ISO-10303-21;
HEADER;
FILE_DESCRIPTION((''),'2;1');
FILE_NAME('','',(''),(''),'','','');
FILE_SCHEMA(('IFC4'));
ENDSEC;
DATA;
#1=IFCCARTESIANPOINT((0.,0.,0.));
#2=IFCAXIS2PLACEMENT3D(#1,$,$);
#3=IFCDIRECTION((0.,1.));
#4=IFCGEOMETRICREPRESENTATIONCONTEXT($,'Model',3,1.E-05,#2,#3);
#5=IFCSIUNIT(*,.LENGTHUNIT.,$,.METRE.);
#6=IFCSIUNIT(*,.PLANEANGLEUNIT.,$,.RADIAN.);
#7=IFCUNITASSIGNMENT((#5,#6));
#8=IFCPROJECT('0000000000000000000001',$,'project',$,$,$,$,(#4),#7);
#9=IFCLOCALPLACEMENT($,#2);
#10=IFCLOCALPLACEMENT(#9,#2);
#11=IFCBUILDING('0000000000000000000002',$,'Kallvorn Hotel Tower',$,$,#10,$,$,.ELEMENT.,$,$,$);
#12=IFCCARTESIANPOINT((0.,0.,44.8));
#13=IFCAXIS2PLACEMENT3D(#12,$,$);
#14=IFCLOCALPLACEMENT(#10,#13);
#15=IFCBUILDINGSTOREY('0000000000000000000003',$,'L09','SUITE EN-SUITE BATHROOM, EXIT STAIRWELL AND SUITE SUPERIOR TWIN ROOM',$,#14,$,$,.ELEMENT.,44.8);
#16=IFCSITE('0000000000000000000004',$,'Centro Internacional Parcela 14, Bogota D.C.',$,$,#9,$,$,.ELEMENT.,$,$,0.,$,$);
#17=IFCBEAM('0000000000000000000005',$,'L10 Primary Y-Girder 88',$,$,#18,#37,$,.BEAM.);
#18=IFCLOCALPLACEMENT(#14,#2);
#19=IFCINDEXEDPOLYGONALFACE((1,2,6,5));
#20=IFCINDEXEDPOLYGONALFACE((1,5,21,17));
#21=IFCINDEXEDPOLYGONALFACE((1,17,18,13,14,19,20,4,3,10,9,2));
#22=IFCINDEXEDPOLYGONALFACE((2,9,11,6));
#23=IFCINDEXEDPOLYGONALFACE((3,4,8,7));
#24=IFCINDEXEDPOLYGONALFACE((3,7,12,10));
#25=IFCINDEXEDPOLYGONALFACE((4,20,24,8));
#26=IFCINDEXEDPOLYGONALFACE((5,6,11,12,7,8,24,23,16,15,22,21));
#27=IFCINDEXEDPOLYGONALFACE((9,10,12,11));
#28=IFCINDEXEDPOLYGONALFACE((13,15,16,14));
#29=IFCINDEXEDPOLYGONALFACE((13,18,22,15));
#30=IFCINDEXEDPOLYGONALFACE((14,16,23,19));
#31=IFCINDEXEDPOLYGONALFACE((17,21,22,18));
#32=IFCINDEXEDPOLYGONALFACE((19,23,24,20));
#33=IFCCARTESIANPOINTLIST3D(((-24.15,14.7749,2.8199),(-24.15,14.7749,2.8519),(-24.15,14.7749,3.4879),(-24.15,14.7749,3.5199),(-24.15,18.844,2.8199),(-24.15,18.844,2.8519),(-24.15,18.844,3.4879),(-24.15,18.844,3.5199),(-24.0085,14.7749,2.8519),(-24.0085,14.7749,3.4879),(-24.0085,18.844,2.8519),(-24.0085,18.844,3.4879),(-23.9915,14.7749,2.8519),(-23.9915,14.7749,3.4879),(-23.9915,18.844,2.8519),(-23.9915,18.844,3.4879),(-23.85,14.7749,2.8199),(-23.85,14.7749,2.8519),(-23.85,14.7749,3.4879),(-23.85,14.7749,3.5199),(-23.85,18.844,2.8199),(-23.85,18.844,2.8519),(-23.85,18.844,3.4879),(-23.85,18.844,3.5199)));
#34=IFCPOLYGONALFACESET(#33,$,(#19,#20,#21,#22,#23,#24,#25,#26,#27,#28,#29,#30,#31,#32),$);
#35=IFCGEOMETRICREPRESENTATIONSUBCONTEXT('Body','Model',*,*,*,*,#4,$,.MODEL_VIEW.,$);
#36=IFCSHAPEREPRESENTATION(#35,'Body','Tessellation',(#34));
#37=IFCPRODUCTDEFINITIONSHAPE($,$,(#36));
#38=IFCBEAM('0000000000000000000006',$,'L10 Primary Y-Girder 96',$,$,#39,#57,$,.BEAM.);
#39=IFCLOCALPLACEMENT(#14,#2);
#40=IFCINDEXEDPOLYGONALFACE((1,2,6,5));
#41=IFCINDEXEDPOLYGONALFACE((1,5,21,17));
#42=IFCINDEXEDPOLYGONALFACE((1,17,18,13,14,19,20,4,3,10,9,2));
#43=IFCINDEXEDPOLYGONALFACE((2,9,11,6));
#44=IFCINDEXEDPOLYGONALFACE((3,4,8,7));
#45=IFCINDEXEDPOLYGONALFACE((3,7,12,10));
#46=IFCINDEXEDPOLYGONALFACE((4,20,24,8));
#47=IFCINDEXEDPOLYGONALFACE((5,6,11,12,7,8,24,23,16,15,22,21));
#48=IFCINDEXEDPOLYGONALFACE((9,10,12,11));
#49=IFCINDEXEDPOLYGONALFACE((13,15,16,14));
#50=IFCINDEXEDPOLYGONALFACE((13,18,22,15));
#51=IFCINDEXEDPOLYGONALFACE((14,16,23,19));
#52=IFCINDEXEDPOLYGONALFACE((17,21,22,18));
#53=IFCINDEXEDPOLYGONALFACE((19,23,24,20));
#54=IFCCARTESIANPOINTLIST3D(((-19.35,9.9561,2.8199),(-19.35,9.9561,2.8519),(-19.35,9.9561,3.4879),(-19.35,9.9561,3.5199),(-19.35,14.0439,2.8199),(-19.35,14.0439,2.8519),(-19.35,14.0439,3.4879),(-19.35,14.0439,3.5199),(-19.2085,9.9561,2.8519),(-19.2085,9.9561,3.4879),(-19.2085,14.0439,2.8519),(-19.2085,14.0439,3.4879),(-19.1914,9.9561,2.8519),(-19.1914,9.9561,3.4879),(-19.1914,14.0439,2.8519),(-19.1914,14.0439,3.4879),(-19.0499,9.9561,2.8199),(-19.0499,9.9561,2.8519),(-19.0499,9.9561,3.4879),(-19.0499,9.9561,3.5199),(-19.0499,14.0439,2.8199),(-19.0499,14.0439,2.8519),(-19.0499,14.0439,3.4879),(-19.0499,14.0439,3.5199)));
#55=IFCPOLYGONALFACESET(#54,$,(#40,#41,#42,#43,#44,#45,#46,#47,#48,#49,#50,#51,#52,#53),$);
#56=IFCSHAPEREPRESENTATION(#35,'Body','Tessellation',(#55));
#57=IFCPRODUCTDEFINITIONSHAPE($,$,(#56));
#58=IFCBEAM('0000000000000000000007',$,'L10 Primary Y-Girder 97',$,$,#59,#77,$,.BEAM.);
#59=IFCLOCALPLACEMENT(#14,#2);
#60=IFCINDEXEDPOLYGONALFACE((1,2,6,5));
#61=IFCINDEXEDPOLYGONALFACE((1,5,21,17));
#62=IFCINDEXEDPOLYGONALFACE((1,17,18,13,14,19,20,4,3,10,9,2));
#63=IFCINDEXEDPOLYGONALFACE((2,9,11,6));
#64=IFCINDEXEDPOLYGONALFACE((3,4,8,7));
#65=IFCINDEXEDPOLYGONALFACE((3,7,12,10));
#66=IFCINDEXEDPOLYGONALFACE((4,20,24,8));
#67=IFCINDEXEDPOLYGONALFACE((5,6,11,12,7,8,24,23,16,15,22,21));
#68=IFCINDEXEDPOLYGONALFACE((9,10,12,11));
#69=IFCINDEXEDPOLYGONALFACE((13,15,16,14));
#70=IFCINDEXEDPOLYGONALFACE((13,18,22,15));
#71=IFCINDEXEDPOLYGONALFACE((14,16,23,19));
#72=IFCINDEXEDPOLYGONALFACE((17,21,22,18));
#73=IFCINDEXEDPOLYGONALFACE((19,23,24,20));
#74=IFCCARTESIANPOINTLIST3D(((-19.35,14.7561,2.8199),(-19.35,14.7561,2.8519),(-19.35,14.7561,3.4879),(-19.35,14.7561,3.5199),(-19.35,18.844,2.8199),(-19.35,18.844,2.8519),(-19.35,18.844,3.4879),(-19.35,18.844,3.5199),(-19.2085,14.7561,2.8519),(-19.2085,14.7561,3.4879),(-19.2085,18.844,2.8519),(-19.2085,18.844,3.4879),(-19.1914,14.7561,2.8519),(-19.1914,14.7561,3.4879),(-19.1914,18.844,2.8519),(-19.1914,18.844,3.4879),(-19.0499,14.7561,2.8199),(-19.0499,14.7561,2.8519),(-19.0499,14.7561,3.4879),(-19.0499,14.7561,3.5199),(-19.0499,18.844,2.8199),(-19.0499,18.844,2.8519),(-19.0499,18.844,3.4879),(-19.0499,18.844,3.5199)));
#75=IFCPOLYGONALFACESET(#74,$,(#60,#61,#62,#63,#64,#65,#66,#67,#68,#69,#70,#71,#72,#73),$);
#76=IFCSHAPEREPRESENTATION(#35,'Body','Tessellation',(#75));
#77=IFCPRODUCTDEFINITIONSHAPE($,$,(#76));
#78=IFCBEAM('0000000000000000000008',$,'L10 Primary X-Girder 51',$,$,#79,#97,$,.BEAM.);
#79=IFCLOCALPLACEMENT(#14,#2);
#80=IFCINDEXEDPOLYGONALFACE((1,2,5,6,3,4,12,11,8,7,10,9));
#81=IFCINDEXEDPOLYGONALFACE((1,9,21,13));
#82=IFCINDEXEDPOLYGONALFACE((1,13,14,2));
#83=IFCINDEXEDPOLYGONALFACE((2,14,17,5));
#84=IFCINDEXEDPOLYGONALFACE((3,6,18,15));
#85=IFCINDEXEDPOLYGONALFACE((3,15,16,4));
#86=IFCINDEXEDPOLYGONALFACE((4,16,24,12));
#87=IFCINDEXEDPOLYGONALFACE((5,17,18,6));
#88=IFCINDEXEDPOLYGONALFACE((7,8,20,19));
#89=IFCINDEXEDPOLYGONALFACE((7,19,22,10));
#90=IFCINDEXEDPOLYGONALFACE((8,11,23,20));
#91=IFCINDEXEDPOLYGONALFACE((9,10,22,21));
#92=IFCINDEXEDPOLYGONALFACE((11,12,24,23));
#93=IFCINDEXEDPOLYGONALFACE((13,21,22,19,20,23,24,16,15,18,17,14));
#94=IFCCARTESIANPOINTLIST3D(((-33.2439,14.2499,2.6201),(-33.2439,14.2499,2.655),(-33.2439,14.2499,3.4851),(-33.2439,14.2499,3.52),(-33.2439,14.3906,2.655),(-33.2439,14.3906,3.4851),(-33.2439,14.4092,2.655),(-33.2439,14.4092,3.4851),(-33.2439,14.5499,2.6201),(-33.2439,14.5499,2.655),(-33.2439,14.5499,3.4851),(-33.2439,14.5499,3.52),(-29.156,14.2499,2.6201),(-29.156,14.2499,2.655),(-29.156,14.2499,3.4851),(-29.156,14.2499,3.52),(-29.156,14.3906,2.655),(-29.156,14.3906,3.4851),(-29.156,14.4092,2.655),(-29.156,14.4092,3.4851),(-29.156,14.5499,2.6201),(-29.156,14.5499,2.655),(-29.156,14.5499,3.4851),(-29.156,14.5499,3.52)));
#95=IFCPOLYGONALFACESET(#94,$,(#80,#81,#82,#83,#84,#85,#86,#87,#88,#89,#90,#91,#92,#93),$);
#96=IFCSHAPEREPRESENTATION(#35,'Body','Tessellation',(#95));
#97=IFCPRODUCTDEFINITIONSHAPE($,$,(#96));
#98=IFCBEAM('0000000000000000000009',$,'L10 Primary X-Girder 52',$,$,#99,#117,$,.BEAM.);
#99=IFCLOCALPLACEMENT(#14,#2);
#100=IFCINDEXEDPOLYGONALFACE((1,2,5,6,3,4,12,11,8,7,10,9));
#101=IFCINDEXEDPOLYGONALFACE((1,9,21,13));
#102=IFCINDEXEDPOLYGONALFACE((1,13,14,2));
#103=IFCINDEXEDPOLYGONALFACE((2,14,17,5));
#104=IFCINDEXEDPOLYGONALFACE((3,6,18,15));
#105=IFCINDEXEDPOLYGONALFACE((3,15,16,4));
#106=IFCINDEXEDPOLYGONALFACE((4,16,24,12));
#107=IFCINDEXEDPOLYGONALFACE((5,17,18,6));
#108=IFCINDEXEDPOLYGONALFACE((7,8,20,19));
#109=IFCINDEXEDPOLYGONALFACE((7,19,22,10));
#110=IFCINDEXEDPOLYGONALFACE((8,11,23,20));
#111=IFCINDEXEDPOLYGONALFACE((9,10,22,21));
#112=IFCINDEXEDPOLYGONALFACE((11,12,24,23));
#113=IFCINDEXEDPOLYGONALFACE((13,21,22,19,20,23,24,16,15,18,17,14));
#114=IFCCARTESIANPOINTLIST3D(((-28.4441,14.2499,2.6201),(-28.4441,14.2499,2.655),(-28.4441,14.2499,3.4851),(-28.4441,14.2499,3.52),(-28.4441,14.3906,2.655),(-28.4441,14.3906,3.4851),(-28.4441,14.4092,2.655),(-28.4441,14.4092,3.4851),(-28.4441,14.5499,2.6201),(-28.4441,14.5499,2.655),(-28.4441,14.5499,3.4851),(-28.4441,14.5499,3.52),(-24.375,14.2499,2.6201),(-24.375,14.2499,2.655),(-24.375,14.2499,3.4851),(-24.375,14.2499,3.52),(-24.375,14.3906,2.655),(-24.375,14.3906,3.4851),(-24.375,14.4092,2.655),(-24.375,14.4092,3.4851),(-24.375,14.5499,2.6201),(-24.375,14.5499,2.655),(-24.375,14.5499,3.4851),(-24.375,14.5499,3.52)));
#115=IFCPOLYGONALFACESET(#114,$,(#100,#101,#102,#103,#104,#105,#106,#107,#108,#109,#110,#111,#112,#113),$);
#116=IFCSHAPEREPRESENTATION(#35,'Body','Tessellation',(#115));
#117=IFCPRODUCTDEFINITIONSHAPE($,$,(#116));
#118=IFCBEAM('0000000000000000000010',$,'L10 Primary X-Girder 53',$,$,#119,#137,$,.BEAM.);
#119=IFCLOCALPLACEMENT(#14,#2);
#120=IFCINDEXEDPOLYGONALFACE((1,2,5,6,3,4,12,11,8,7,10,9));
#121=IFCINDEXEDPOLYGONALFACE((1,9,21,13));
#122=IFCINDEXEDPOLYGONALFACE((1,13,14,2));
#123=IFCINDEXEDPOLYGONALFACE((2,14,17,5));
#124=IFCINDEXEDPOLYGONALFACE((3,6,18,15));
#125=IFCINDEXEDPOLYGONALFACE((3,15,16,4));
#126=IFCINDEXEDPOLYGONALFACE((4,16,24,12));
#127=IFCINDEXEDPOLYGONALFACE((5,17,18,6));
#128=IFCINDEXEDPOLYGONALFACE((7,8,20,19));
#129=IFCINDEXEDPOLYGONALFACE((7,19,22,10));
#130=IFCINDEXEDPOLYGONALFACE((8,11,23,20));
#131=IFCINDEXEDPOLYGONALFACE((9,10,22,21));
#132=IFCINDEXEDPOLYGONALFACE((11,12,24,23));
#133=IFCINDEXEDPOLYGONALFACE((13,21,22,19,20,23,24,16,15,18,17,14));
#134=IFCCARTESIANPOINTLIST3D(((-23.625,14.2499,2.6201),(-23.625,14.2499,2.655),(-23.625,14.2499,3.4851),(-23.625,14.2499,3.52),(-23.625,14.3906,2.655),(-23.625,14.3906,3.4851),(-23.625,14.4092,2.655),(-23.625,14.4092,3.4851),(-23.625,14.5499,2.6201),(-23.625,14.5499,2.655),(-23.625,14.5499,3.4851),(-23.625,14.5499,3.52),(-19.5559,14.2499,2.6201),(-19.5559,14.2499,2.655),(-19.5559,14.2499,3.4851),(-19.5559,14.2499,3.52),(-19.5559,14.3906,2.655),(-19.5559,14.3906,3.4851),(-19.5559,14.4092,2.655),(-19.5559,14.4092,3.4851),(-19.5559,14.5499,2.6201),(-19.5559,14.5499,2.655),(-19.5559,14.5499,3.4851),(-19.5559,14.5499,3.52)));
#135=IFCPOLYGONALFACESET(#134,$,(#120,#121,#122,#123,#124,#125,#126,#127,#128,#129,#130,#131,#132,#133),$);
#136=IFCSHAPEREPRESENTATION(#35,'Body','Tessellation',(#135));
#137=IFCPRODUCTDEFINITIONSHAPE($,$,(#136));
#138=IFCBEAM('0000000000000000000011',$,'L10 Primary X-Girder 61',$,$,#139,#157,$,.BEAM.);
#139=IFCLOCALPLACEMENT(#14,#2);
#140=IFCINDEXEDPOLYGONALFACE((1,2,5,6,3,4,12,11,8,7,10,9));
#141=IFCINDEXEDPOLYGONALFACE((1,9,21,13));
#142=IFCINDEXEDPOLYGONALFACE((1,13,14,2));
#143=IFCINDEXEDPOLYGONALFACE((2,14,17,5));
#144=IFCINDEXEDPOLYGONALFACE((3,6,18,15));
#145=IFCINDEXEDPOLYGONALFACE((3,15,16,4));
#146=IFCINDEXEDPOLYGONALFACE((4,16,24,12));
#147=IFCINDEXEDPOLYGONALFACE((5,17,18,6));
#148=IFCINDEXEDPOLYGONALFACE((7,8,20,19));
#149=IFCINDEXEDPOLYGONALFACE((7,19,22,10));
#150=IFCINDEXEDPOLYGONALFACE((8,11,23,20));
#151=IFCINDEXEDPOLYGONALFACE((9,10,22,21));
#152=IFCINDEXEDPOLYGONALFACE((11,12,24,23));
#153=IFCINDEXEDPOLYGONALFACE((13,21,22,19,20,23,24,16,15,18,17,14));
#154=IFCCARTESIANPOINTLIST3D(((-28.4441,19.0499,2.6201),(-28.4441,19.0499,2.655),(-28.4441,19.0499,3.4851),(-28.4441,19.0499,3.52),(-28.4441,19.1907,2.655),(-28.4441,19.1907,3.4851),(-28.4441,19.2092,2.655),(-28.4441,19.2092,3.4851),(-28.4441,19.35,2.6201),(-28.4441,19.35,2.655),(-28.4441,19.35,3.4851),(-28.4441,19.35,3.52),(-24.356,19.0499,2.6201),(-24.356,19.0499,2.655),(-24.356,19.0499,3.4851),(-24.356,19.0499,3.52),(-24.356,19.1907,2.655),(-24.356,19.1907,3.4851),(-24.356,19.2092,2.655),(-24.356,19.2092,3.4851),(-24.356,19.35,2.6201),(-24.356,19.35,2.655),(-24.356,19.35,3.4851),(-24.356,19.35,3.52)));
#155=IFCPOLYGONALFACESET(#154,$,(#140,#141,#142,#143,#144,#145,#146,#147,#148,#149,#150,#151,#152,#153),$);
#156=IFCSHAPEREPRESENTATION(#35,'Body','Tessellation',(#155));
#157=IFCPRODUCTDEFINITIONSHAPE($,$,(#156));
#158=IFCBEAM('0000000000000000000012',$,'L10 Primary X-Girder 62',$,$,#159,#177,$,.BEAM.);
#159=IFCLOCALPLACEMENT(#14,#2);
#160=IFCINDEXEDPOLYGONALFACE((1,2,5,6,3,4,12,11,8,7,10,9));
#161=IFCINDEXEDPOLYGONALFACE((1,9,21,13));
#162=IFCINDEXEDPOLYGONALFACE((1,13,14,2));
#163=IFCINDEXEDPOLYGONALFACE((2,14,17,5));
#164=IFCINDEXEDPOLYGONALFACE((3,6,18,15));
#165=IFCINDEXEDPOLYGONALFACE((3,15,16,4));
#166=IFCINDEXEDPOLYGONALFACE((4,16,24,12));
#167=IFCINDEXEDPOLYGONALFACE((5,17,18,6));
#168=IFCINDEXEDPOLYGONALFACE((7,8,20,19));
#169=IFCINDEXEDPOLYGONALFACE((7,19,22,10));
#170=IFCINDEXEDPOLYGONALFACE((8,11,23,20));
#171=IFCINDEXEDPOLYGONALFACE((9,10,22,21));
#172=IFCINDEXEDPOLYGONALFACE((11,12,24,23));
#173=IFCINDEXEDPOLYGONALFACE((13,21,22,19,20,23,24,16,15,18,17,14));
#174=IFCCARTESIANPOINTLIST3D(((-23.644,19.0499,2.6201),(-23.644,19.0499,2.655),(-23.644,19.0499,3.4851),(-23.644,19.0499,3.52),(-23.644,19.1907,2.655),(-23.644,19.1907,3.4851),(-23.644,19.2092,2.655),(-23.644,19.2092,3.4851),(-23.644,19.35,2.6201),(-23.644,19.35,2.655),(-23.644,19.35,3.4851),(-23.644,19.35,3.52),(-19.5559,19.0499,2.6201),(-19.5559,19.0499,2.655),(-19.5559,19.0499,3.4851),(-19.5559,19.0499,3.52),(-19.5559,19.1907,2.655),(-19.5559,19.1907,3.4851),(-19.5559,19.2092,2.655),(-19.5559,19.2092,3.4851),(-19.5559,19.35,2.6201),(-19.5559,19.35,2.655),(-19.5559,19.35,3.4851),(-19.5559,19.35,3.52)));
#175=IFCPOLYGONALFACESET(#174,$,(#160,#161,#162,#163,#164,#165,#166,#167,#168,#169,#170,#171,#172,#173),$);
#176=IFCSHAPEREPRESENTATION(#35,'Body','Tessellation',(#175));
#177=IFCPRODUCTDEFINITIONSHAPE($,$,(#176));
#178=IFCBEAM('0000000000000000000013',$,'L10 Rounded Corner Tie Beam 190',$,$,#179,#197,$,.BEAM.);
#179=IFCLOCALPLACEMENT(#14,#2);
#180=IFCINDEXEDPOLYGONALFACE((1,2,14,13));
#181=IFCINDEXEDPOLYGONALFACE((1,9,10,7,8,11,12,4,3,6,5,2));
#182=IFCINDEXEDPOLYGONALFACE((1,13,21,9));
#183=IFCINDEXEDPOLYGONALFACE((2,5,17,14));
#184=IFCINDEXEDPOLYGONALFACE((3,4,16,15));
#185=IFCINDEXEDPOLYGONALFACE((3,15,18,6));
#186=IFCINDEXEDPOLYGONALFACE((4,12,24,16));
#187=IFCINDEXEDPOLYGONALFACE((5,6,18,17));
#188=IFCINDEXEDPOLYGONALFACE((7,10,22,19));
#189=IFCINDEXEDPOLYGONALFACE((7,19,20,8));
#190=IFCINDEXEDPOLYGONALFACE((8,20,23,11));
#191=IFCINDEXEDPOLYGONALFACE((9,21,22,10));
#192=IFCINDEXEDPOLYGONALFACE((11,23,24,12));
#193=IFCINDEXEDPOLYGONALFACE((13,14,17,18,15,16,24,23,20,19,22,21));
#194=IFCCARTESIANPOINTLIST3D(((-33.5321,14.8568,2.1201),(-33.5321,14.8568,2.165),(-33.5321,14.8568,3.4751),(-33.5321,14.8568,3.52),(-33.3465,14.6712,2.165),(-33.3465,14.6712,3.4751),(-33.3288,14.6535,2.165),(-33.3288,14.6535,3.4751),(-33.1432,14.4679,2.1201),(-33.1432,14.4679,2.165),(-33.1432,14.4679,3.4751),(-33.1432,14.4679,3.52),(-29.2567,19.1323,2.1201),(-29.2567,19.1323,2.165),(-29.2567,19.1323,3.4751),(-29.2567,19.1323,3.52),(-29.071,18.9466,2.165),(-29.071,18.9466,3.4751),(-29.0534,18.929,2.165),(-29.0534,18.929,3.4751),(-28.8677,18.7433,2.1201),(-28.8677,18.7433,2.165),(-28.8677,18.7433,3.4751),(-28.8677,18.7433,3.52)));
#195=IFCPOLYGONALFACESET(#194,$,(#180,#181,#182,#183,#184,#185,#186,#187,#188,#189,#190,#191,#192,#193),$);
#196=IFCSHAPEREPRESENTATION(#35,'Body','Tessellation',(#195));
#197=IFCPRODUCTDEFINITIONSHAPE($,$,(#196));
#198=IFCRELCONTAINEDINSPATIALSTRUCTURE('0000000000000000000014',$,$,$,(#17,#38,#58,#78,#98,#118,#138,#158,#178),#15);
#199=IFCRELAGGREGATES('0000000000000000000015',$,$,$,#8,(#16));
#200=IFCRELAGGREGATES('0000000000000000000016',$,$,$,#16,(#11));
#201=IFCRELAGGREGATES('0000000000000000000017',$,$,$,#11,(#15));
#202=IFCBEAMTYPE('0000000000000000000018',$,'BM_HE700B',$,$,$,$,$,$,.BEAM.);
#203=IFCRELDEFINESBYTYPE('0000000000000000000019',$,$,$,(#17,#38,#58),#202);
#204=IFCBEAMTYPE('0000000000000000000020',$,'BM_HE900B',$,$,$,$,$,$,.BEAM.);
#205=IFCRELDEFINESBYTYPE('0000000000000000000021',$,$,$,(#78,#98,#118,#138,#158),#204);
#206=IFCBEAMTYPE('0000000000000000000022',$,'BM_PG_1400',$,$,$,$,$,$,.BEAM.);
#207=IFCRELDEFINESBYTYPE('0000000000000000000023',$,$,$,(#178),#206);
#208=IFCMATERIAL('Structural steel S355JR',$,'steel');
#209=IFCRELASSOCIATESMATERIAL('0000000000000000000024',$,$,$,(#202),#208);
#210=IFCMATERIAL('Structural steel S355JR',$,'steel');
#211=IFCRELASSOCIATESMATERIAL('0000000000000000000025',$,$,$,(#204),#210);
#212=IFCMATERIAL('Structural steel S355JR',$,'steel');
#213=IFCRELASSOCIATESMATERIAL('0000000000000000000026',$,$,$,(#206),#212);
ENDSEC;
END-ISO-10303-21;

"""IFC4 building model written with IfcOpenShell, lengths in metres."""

from ifc_helpers import new_model, si_unit, direction, frame, origin, origin_2d, place, context, subcontext, project, spatial, i_section, extrude, material, material_profile, profile_set, type_object, element, save


model = new_model("IFC4")

# Units and contexts
model_context = context("Model", 3, precision=1e-05, world=origin(), true_north=direction((0.0, 1.0)))
body_context = subcontext(model_context, "Body", "Model", "MODEL_VIEW")
ifc_project = project(units=[si_unit("LENGTHUNIT", "METRE"), si_unit("PLANEANGLEUNIT", "RADIAN")], contexts=[model_context])

# Site, building, storey
site_placement = place(None, origin())
site = spatial("IfcSite", under=ifc_project, at=site_placement, Name="Centro Internacional Parcela 14, Bogota D.C.", CompositionType="ELEMENT", RefElevation=0.0)
building_placement = place(site_placement, origin())
building = spatial("IfcBuilding", under=site, at=building_placement, Name="Kallvorn Hotel Tower", CompositionType="ELEMENT")
storey_placement = place(building_placement, frame((0.0, 0.0, 44.8)))
storey = spatial("IfcBuildingStorey", under=building, at=storey_placement, Name="L09", Description="SUITE EN-SUITE BATHROOM, EXIT STAIRWELL AND SUITE SUPERIOR TWIN ROOM", CompositionType="ELEMENT", Elevation=44.8)

# Beams
ifc_material_1 = material(Name="Structural steel S355JR", Category="steel")
ifc_material_profile_1 = material_profile(ifc_material_1, i_section(OverallWidth=0.3, OverallDepth=0.7, WebThickness=0.0171, FlangeThickness=0.032, at=origin_2d()), Name="HE 700 B")
ifc_profile_set_1 = profile_set([ifc_material_profile_1], Name="Structural steel S355JR")
beam_type_1 = type_object("IfcBeamType", Name="BM_HE700B", PredefinedType="BEAM", material=ifc_profile_set_1)
beam_1_placement = place(storey_placement, frame((-24.0, 14.7749, 3.1699), z_axis=(0.0, 1.0, 0.0), x_axis=(-1.0, 0.0, 0.0)))
element("IfcBeam", 1, at=beam_1_placement, inside=storey, type_object=beam_type_1, Name="L10 Primary Y-Girder 88", PredefinedType="BEAM", context=body_context, shape_type="SweptSolid", body=[
    extrude(i_section(OverallWidth=0.3, OverallDepth=0.7, WebThickness=0.0171, FlangeThickness=0.032, at=origin_2d()), origin(), (0.0, 0.0, 1.0), 4.0691),
])
for number, where, z_axis, x_axis, name in (
    (2, (-19.2, 9.9561, 3.1699), (0.0, 1.0, 0.0), (-1.0, 0.0, 0.0), "L10 Primary Y-Girder 96"),
    (3, (-19.2, 14.7561, 3.1699), (0.0, 1.0, 0.0), (-1.0, 0.0, 0.0), "L10 Primary Y-Girder 97"),
):
    element("IfcBeam", number, at=place(storey_placement, frame(where, z_axis=z_axis, x_axis=x_axis)), inside=storey, type_object=beam_type_1, Name=name, PredefinedType="BEAM", context=body_context, shape_type="SweptSolid", body=[
        extrude(i_section(OverallWidth=0.3, OverallDepth=0.7, WebThickness=0.0171, FlangeThickness=0.032, at=origin_2d()), origin(), (0.0, 0.0, 1.0), 4.0879),
    ])
ifc_material_2 = material(Name="Structural steel S355JR", Category="steel")
ifc_material_profile_2 = material_profile(ifc_material_2, i_section(OverallWidth=0.3, OverallDepth=0.8999, WebThickness=0.0186, FlangeThickness=0.0349, at=origin_2d()), Name="HE 900 B")
ifc_profile_set_2 = profile_set([ifc_material_profile_2], Name="Structural steel S355JR")
beam_type_2 = type_object("IfcBeamType", Name="BM_HE900B", PredefinedType="BEAM", material=ifc_profile_set_2)
beam_2_placement = place(storey_placement, frame((-33.2439, 14.3999, 3.0701), z_axis=(1.0, 0.0, 0.0), x_axis=(0.0, 1.0, 0.0)))
element("IfcBeam", 4, at=beam_2_placement, inside=storey, type_object=beam_type_2, Name="L10 Primary X-Girder 51", PredefinedType="BEAM", context=body_context, shape_type="SweptSolid", body=[
    extrude(i_section(OverallWidth=0.3, OverallDepth=0.8999, WebThickness=0.0186, FlangeThickness=0.0349, at=origin_2d()), origin(), (0.0, 0.0, 1.0), 4.0879),
])
for number, where, z_axis, x_axis, name in (
    (5, (-28.4441, 14.3999, 3.0701), (1.0, 0.0, 0.0), (0.0, 1.0, 0.0), "L10 Primary X-Girder 52"),
    (6, (-23.625, 14.3999, 3.0701), (1.0, 0.0, 0.0), (0.0, 1.0, 0.0), "L10 Primary X-Girder 53"),
):
    element("IfcBeam", number, at=place(storey_placement, frame(where, z_axis=z_axis, x_axis=x_axis)), inside=storey, type_object=beam_type_2, Name=name, PredefinedType="BEAM", context=body_context, shape_type="SweptSolid", body=[
        extrude(i_section(OverallWidth=0.3, OverallDepth=0.8999, WebThickness=0.0186, FlangeThickness=0.0349, at=origin_2d()), origin(), (0.0, 0.0, 1.0), 4.0691),
    ])
for number, where, z_axis, x_axis, name in (
    (7, (-28.4441, 19.2, 3.0701), (1.0, 0.0, 0.0), (0.0, 1.0, 0.0), "L10 Primary X-Girder 61"),
    (8, (-23.644, 19.2, 3.0701), (1.0, 0.0, 0.0), (0.0, 1.0, 0.0), "L10 Primary X-Girder 62"),
):
    element("IfcBeam", number, at=place(storey_placement, frame(where, z_axis=z_axis, x_axis=x_axis)), inside=storey, type_object=beam_type_2, Name=name, PredefinedType="BEAM", context=body_context, shape_type="SweptSolid", body=[
        extrude(i_section(OverallWidth=0.3, OverallDepth=0.8999, WebThickness=0.0186, FlangeThickness=0.0349, at=origin_2d()), origin(), (0.0, 0.0, 1.0), 4.0881),
    ])
ifc_material_3 = material(Name="Structural steel S355JR", Category="steel")
ifc_material_profile_3 = material_profile(ifc_material_3, i_section(OverallWidth=0.55, OverallDepth=1.3999, WebThickness=0.0249, FlangeThickness=0.0449, at=origin_2d()), Name="PG 1400x550x25x45")
ifc_profile_set_3 = profile_set([ifc_material_profile_3], Name="Structural steel S355JR")
beam_type_3 = type_object("IfcBeamType", Name="BM_PG_1400", PredefinedType="BEAM", material=ifc_profile_set_3)
beam_3_placement = place(storey_placement, frame((-33.3376, 14.6624, 2.8201), z_axis=(0.707107, 0.707107, 0.0), x_axis=(-0.707107, 0.707107, 0.0)))
element("IfcBeam", 9, at=beam_3_placement, inside=storey, type_object=beam_type_3, Name="L10 Rounded Corner Tie Beam 190", PredefinedType="BEAM", context=body_context, shape_type="SweptSolid", body=[
    extrude(i_section(OverallWidth=0.55, OverallDepth=1.3999, WebThickness=0.0249, FlangeThickness=0.0449, at=origin_2d()), origin(), (0.0, 0.0, 1.0), 6.0464),
])

save(model, "model.ifc")
